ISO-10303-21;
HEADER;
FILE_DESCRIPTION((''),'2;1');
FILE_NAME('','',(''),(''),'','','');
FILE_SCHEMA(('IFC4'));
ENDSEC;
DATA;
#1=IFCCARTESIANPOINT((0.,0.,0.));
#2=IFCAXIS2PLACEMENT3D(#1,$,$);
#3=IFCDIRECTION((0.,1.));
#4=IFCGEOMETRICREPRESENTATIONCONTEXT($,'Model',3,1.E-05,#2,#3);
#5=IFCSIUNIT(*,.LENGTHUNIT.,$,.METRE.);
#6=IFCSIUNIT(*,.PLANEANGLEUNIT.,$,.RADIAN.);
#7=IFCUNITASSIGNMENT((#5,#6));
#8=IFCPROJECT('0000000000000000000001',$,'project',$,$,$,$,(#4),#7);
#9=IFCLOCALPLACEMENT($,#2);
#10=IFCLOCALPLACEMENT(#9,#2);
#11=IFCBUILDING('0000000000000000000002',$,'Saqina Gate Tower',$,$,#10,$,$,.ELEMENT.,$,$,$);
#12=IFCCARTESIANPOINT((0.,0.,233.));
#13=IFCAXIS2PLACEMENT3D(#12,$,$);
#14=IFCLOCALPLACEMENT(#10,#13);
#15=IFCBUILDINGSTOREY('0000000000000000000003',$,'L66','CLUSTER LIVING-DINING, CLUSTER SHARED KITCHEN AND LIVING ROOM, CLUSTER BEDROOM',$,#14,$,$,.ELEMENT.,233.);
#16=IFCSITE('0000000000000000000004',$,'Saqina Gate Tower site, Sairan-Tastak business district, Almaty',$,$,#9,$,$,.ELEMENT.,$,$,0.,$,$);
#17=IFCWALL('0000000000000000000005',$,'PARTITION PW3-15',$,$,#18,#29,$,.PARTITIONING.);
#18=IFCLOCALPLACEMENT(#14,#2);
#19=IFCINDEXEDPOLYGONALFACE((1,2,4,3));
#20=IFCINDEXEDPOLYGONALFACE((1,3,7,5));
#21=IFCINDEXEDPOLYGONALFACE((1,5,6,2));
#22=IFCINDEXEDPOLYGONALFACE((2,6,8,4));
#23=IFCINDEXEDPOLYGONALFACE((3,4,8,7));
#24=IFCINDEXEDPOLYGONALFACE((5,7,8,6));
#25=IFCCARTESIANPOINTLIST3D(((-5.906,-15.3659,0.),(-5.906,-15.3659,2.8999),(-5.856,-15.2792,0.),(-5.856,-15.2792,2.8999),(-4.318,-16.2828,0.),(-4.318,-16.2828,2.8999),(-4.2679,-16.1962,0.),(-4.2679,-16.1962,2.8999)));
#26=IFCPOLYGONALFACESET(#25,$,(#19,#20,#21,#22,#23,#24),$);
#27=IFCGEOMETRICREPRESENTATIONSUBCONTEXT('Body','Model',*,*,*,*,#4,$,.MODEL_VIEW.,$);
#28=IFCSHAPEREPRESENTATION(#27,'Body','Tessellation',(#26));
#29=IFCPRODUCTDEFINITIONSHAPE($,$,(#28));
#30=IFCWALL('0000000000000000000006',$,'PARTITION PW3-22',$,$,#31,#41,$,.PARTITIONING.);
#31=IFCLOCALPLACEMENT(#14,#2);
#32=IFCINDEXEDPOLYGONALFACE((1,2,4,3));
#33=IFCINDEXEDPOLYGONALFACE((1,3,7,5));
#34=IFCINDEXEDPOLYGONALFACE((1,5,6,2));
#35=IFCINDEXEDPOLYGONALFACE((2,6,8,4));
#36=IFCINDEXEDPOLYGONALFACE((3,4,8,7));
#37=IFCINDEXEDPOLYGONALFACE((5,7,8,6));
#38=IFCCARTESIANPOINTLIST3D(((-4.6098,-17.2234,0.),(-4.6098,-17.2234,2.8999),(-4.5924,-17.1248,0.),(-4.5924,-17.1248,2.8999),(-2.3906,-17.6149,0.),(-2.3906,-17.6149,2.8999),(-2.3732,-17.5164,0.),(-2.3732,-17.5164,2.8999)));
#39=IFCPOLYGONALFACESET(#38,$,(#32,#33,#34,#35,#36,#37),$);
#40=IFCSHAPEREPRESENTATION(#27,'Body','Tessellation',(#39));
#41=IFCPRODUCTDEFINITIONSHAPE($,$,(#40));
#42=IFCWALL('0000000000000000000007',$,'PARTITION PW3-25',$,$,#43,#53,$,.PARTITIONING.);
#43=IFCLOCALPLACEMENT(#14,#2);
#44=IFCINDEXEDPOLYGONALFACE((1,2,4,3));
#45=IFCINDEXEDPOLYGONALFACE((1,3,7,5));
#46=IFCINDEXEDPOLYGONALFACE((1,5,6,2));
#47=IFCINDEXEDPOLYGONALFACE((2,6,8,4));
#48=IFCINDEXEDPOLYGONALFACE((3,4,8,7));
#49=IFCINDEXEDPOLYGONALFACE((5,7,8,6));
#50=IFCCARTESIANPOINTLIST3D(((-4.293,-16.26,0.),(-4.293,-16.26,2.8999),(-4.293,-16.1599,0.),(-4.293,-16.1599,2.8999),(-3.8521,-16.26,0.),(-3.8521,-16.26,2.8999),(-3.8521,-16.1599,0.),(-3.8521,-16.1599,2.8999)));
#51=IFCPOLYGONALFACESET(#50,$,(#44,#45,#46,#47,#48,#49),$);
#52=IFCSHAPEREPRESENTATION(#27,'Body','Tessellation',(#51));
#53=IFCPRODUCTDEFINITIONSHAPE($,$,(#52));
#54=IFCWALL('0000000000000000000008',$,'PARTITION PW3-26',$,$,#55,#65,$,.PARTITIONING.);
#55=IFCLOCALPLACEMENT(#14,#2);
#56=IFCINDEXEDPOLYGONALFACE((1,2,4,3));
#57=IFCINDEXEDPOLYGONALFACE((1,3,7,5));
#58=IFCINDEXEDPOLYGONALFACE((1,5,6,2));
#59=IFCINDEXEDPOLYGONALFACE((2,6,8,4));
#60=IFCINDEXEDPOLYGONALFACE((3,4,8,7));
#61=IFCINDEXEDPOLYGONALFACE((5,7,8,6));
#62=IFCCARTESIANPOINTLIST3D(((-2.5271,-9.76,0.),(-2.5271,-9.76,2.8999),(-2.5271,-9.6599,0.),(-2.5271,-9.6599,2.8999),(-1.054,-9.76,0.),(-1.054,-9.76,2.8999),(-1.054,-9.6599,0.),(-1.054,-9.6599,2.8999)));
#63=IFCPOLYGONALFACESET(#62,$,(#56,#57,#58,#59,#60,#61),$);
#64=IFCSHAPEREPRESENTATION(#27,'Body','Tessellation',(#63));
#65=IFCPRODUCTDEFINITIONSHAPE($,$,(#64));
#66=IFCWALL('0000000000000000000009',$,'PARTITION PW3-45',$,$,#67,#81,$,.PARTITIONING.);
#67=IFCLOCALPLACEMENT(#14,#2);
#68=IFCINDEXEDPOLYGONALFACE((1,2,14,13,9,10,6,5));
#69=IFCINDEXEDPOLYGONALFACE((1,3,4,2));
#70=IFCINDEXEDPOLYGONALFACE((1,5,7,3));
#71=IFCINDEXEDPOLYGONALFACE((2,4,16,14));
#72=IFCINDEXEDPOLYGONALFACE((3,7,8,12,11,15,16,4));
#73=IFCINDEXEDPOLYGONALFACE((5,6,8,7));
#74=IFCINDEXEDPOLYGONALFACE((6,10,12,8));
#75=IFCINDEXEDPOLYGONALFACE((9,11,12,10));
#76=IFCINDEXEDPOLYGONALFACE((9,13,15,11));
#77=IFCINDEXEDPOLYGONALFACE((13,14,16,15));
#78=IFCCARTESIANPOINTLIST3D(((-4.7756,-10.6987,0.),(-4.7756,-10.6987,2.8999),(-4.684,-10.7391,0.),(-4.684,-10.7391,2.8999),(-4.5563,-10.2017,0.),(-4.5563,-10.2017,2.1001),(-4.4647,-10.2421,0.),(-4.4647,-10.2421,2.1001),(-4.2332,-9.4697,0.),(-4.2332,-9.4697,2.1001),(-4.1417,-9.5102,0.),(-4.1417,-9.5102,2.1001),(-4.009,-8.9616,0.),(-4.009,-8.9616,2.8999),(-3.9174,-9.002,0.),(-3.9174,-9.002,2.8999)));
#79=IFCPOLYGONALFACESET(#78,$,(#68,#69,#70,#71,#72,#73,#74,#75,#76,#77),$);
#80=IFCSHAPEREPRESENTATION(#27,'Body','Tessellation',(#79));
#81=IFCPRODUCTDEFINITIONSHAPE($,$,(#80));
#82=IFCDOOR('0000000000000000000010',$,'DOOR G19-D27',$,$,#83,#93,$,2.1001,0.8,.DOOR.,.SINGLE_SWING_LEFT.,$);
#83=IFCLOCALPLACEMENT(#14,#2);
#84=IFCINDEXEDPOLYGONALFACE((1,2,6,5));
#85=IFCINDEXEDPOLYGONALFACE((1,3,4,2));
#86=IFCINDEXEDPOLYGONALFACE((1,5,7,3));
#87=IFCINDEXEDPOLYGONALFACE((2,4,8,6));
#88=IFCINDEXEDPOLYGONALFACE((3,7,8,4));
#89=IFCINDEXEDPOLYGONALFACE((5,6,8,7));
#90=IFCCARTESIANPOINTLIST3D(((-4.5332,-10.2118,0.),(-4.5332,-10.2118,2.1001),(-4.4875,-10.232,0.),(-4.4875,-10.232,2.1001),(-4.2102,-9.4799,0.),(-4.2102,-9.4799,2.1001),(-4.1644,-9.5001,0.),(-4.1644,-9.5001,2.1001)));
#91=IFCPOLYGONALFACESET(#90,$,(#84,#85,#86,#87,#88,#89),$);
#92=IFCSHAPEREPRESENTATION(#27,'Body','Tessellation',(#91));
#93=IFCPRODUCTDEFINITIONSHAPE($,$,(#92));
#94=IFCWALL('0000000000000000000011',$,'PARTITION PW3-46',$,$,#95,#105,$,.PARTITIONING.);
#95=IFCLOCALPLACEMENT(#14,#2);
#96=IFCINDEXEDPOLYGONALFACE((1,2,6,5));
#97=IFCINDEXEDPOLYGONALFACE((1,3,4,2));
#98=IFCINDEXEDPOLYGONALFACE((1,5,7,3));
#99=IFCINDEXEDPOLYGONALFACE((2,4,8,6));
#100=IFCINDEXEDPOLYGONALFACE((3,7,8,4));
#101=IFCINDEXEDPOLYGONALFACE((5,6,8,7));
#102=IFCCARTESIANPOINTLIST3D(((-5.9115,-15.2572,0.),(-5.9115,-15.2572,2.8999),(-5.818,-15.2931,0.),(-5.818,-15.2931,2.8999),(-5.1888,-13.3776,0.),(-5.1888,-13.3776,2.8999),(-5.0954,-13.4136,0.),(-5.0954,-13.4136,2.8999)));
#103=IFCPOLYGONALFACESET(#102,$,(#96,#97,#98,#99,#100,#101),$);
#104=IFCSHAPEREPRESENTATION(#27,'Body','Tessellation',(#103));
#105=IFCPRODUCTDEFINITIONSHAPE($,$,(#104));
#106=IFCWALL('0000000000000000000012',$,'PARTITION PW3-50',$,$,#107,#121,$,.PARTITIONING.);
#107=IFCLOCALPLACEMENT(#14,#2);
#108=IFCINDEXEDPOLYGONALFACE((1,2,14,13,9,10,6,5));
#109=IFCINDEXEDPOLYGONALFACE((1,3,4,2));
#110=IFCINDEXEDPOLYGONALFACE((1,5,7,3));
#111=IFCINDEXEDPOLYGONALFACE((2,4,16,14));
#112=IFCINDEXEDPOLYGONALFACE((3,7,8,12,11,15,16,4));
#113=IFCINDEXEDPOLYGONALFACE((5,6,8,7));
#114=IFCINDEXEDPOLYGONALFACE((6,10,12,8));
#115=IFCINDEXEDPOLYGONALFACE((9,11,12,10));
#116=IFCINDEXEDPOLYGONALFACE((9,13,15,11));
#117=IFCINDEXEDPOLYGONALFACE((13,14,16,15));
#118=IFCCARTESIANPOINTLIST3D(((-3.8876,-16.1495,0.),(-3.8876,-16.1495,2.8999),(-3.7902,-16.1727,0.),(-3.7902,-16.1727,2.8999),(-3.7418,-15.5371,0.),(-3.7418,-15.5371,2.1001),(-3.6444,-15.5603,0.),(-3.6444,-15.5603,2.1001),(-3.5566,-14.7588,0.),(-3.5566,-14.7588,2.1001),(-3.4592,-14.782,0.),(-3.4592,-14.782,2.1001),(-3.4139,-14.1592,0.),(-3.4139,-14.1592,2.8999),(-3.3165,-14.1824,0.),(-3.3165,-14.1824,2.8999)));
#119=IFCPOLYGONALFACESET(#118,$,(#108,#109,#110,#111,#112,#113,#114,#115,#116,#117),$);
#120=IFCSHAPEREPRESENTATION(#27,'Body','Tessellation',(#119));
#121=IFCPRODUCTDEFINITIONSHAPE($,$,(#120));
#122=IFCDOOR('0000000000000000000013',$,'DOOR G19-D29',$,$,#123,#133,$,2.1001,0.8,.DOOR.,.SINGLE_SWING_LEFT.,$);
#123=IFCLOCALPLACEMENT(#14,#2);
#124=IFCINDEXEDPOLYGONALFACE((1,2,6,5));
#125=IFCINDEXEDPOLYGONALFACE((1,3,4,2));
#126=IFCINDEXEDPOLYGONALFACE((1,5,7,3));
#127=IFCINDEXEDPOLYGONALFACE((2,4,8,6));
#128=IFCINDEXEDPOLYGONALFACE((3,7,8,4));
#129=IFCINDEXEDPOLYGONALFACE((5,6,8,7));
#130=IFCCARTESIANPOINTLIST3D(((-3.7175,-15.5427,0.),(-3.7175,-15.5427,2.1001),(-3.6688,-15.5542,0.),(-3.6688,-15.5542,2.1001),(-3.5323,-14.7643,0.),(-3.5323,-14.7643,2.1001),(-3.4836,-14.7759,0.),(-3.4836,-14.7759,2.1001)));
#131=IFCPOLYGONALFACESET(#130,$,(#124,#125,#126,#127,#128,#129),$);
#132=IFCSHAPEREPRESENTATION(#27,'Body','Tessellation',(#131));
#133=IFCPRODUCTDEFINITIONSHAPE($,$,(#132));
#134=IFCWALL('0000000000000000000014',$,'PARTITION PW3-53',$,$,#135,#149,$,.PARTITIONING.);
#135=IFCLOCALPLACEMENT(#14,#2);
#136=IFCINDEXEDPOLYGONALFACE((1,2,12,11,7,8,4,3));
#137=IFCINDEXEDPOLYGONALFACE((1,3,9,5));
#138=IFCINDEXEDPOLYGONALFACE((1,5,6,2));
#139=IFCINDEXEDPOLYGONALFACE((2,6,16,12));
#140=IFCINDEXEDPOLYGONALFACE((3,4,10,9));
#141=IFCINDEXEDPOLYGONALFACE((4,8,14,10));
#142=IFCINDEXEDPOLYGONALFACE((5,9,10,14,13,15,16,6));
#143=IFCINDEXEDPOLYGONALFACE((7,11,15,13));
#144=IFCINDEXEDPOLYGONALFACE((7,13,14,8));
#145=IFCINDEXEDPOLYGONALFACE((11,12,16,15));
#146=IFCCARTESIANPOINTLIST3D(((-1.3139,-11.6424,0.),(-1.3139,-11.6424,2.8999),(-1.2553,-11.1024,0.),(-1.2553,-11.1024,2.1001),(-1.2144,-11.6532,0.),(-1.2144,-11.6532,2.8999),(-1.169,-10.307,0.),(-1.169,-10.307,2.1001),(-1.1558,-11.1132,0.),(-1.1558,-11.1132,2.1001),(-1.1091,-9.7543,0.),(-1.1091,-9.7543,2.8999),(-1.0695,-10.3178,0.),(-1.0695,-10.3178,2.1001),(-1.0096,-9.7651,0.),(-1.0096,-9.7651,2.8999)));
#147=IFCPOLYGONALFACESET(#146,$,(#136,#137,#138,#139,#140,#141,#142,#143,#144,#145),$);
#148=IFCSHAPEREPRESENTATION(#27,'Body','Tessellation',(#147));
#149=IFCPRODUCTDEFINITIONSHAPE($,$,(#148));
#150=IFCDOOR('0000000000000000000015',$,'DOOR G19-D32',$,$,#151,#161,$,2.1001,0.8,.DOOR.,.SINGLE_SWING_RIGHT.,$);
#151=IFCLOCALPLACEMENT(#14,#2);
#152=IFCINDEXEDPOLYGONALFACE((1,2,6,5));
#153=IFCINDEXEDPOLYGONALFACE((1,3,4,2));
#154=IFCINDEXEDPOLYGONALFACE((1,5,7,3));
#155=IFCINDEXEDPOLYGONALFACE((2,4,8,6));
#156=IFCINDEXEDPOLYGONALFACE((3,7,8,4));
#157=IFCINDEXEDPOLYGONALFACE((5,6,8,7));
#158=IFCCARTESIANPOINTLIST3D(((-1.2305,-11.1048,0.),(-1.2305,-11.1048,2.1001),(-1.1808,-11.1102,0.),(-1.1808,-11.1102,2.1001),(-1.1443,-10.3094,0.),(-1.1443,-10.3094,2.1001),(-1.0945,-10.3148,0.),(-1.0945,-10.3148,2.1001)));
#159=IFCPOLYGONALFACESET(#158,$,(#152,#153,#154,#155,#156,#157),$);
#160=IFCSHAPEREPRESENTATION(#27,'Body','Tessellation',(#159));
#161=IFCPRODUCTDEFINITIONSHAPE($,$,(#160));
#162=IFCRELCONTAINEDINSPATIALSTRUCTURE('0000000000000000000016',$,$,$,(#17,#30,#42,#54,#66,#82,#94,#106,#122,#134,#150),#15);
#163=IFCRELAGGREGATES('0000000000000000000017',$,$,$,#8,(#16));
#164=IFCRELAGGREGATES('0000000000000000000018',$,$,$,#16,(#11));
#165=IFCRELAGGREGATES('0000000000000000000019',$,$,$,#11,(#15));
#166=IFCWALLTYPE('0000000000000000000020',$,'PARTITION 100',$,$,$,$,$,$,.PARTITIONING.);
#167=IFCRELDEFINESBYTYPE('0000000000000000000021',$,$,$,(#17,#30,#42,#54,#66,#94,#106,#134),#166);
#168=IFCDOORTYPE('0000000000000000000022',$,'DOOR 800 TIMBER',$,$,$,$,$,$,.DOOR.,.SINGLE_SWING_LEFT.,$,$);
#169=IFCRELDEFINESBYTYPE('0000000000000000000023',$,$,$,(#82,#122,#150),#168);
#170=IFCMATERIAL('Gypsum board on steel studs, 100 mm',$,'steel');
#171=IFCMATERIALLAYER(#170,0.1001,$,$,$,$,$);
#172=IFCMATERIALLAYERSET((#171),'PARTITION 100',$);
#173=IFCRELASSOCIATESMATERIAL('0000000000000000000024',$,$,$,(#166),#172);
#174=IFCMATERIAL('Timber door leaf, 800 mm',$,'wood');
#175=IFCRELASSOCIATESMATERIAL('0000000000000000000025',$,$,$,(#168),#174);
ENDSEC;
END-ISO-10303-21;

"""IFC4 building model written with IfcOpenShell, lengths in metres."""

from ifc_helpers import new_model, si_unit, direction, frame, frame_2d, origin, place, context, subcontext, project, spatial, rectangle, extrude, material, layer, layer_set, type_object, element, fill, save


model = new_model("IFC4")

# Units and contexts
model_context = context("Model", 3, precision=1e-05, world=origin(), true_north=direction((0.0, 1.0)))
body_context = subcontext(model_context, "Body", "Model", "MODEL_VIEW")
ifc_project = project(units=[si_unit("LENGTHUNIT", "METRE"), si_unit("PLANEANGLEUNIT", "RADIAN")], contexts=[model_context])

# Site, building, storey
site_placement = place(None, origin())
site = spatial("IfcSite", under=ifc_project, at=site_placement, Name="Saqina Gate Tower site, Sairan-Tastak business district, Almaty", CompositionType="ELEMENT", RefElevation=0.0)
building_placement = place(site_placement, origin())
building = spatial("IfcBuilding", under=site, at=building_placement, Name="Saqina Gate Tower", CompositionType="ELEMENT")
storey_placement = place(building_placement, frame((0.0, 0.0, 233.0)))
storey = spatial("IfcBuildingStorey", under=building, at=storey_placement, Name="L66", Description="CLUSTER LIVING-DINING, CLUSTER SHARED KITCHEN AND LIVING ROOM, CLUSTER BEDROOM", CompositionType="ELEMENT", Elevation=233.0)

# Walls
ifc_material_1 = material(Name="Gypsum board on steel studs, 100 mm", Category="steel")
ifc_layer_1 = layer(ifc_material_1, 0.1001)
ifc_layer_set_1 = layer_set([ifc_layer_1], Name="PARTITION 100")
wall_type_1 = type_object("IfcWallType", Name="PARTITION 100", PredefinedType="PARTITIONING", material=ifc_layer_set_1)
wall_1_placement = place(storey_placement, frame((-5.8811, -15.3225, 0.0), z_axis=(0.0, 0.0, 1.0), x_axis=(0.866006, -0.500034, 0.0)))
element("IfcWall", 1, at=wall_1_placement, inside=storey, type_object=wall_type_1, Name="PARTITION PW3-15", PredefinedType="PARTITIONING", context=body_context, shape_type="SweptSolid", body=[
    extrude(rectangle(XDim=1.8337, YDim=0.1001, at=frame_2d((0.917, 0.0))), origin(), (0.0, 0.0, 1.0), 2.8999),
])
wall_2_placement = place(storey_placement, frame((-4.6011, -17.1741, 0.0), z_axis=(0.0, 0.0, 1.0), x_axis=(0.984786, -0.173773, 0.0)))
element("IfcWall", 2, at=wall_2_placement, inside=storey, type_object=wall_type_1, Name="PARTITION PW3-22", PredefinedType="PARTITIONING", context=body_context, shape_type="SweptSolid", body=[
    extrude(rectangle(XDim=2.2534, YDim=0.1001, at=frame_2d((1.1267, 0.0))), origin(), (0.0, 0.0, 1.0), 2.8999),
])
wall_3_placement = place(storey_placement, frame((-4.293, -16.21, 0.0), z_axis=(0.0, 0.0, 1.0), x_axis=(1.0, 0.0, 0.0)))
element("IfcWall", 3, at=wall_3_placement, inside=storey, type_object=wall_type_1, Name="PARTITION PW3-25", PredefinedType="PARTITIONING", context=body_context, shape_type="SweptSolid", body=[
    extrude(rectangle(XDim=0.4409, YDim=0.1001, at=frame_2d((0.2205, 0.0))), origin(), (0.0, 0.0, 1.0), 2.8999),
])
wall_4_placement = place(storey_placement, frame((-2.5271, -9.71, 0.0), z_axis=(0.0, 0.0, 1.0), x_axis=(1.0, 0.0, 0.0)))
element("IfcWall", 4, at=wall_4_placement, inside=storey, type_object=wall_type_1, Name="PARTITION PW3-26", PredefinedType="PARTITIONING", context=body_context, shape_type="SweptSolid", body=[
    extrude(rectangle(XDim=1.4731, YDim=0.1001, at=frame_2d((0.7366, 0.0))), origin(), (0.0, 0.0, 1.0), 2.8999),
])

# Wall, opening, door
wall_5_placement = place(storey_placement, frame((-4.7297, -10.7188, 0.0), z_axis=(0.0, 0.0, 1.0), x_axis=(0.403751, 0.914869, 0.0)))
wall_5 = element("IfcWall", 5, at=wall_5_placement, inside=storey, type_object=wall_type_1, Name="PARTITION PW3-45", PredefinedType="PARTITIONING", context=body_context, shape_type="SweptSolid", body=[
    extrude(rectangle(XDim=1.8987, YDim=0.1001, at=frame_2d((0.9492, 0.0))), origin(), (0.0, 0.0, 1.0), 2.8999),
])
opening_1_placement = place(wall_5_placement, frame((0.5432, 0.0, 0.0)))
opening_1 = element("IfcOpeningElement", 6, at=opening_1_placement, cuts=wall_5, PredefinedType="OPENING", context=body_context, shape_type="SweptSolid", body=[
    extrude(rectangle(XDim=0.8, YDim=2.1001, at=frame_2d((0.3999, 1.05))), frame((0.0, 0.062, 0.0), z_axis=(0.0, -1.0, 0.0), x_axis=(1.0, 0.0, 0.0)), (0.0, 0.0, 1.0), 0.124),
])
ifc_material_2 = material(Name="Timber door leaf, 800 mm", Category="wood")
door_type_1 = type_object("IfcDoorType", Name="DOOR 800 TIMBER", OperationType="SINGLE_SWING_LEFT", PredefinedType="DOOR", material=ifc_material_2)
door_1_placement = place(opening_1_placement, origin())
door_1 = element("IfcDoor", 7, at=door_1_placement, inside=storey, type_object=door_type_1, Name="DOOR G19-D27", OperationType="SINGLE_SWING_LEFT", OverallHeight=2.1001, OverallWidth=0.8, PredefinedType="DOOR", context=body_context, shape_type="SweptSolid", body=[
    extrude(rectangle(XDim=0.8, YDim=2.1001, at=frame_2d((0.3999, 1.05))), frame((0.0, 0.0249, 0.0), z_axis=(0.0, -1.0, 0.0), x_axis=(1.0, 0.0, 0.0)), (0.0, 0.0, 1.0), 0.05),
])
fill(opening_1, door_1)

# Wall
wall_6_placement = place(storey_placement, frame((-5.8647, -15.2751, 0.0), z_axis=(0.0, 0.0, 1.0), x_axis=(0.358857, 0.933392, 0.0)))
element("IfcWall", 8, at=wall_6_placement, inside=storey, type_object=wall_type_1, Name="PARTITION PW3-46", PredefinedType="PARTITIONING", context=body_context, shape_type="SweptSolid", body=[
    extrude(rectangle(XDim=2.0137, YDim=0.1001, at=frame_2d((1.0068, 0.0))), origin(), (0.0, 0.0, 1.0), 2.8999),
])

# Walls, openings, doors
wall_7_placement = place(storey_placement, frame((-3.8389, -16.1611, 0.0), z_axis=(0.0, 0.0, 1.0), x_axis=(0.231513, 0.972832, 0.0)))
wall_7 = element("IfcWall", 9, at=wall_7_placement, inside=storey, type_object=wall_type_1, Name="PARTITION PW3-50", PredefinedType="PARTITIONING", context=body_context, shape_type="SweptSolid", body=[
    extrude(rectangle(XDim=2.0459, YDim=0.1001, at=frame_2d((1.0229, 0.0))), origin(), (0.0, 0.0, 1.0), 2.8999),
])
opening_2_placement = place(wall_7_placement, frame((0.6296, 0.0, 0.0)))
opening_2 = element("IfcOpeningElement", 10, at=opening_2_placement, cuts=wall_7, PredefinedType="OPENING", context=body_context, shape_type="SweptSolid", body=[
    extrude(rectangle(XDim=0.8, YDim=2.1001, at=frame_2d((0.3999, 1.05))), frame((0.0, 0.062, 0.0), z_axis=(0.0, -1.0, 0.0), x_axis=(1.0, 0.0, 0.0)), (0.0, 0.0, 1.0), 0.124),
])
door_2_placement = place(opening_2_placement, frame((0.8, 0.0, 0.0), z_axis=(0.0, 0.0, 1.0), x_axis=(-1.0, 0.0, 0.0)))
door_2 = element("IfcDoor", 11, at=door_2_placement, inside=storey, type_object=door_type_1, Name="DOOR G19-D29", OperationType="SINGLE_SWING_LEFT", OverallHeight=2.1001, OverallWidth=0.8, PredefinedType="DOOR", context=body_context, shape_type="SweptSolid", body=[
    extrude(rectangle(XDim=0.8, YDim=2.1001, at=frame_2d((0.3999, 1.05))), frame((0.0, 0.0249, 0.0), z_axis=(0.0, -1.0, 0.0), x_axis=(1.0, 0.0, 0.0)), (0.0, 0.0, 1.0), 0.05),
])
fill(opening_2, door_2)
wall_8_placement = place(storey_placement, frame((-1.2642, -11.6479, 0.0), z_axis=(0.0, 0.0, 1.0), x_axis=(0.107849, 0.994167, 0.0)))
wall_8 = element("IfcWall", 12, at=wall_8_placement, inside=storey, type_object=wall_type_1, Name="PARTITION PW3-53", PredefinedType="PARTITIONING", context=body_context, shape_type="SweptSolid", body=[
    extrude(rectangle(XDim=1.8992, YDim=0.1001, at=frame_2d((0.9497, 0.0))), origin(), (0.0, 0.0, 1.0), 2.8999),
])
opening_3_placement = place(wall_8_placement, frame((0.5435, 0.0, 0.0)))
opening_3 = element("IfcOpeningElement", 13, at=opening_3_placement, cuts=wall_8, PredefinedType="OPENING", context=body_context, shape_type="SweptSolid", body=[
    extrude(rectangle(XDim=0.8, YDim=2.1001, at=frame_2d((0.3999, 1.05))), frame((0.0, 0.062, 0.0), z_axis=(0.0, -1.0, 0.0), x_axis=(1.0, 0.0, 0.0)), (0.0, 0.0, 1.0), 0.124),
])
door_3_placement = place(opening_3_placement, frame((0.8, 0.0, 0.0), z_axis=(0.0, 0.0, 1.0), x_axis=(-1.0, 0.0, 0.0)))
door_3 = element("IfcDoor", 14, at=door_3_placement, inside=storey, type_object=door_type_1, Name="DOOR G19-D32", OperationType="SINGLE_SWING_RIGHT", OverallHeight=2.1001, OverallWidth=0.8, PredefinedType="DOOR", context=body_context, shape_type="SweptSolid", body=[
    extrude(rectangle(XDim=0.8, YDim=2.1001, at=frame_2d((0.3999, 1.05))), frame((0.0, 0.0249, 0.0), z_axis=(0.0, -1.0, 0.0), x_axis=(1.0, 0.0, 0.0)), (0.0, 0.0, 1.0), 0.05),
])
fill(opening_3, door_3)

save(model, "model.ifc")
